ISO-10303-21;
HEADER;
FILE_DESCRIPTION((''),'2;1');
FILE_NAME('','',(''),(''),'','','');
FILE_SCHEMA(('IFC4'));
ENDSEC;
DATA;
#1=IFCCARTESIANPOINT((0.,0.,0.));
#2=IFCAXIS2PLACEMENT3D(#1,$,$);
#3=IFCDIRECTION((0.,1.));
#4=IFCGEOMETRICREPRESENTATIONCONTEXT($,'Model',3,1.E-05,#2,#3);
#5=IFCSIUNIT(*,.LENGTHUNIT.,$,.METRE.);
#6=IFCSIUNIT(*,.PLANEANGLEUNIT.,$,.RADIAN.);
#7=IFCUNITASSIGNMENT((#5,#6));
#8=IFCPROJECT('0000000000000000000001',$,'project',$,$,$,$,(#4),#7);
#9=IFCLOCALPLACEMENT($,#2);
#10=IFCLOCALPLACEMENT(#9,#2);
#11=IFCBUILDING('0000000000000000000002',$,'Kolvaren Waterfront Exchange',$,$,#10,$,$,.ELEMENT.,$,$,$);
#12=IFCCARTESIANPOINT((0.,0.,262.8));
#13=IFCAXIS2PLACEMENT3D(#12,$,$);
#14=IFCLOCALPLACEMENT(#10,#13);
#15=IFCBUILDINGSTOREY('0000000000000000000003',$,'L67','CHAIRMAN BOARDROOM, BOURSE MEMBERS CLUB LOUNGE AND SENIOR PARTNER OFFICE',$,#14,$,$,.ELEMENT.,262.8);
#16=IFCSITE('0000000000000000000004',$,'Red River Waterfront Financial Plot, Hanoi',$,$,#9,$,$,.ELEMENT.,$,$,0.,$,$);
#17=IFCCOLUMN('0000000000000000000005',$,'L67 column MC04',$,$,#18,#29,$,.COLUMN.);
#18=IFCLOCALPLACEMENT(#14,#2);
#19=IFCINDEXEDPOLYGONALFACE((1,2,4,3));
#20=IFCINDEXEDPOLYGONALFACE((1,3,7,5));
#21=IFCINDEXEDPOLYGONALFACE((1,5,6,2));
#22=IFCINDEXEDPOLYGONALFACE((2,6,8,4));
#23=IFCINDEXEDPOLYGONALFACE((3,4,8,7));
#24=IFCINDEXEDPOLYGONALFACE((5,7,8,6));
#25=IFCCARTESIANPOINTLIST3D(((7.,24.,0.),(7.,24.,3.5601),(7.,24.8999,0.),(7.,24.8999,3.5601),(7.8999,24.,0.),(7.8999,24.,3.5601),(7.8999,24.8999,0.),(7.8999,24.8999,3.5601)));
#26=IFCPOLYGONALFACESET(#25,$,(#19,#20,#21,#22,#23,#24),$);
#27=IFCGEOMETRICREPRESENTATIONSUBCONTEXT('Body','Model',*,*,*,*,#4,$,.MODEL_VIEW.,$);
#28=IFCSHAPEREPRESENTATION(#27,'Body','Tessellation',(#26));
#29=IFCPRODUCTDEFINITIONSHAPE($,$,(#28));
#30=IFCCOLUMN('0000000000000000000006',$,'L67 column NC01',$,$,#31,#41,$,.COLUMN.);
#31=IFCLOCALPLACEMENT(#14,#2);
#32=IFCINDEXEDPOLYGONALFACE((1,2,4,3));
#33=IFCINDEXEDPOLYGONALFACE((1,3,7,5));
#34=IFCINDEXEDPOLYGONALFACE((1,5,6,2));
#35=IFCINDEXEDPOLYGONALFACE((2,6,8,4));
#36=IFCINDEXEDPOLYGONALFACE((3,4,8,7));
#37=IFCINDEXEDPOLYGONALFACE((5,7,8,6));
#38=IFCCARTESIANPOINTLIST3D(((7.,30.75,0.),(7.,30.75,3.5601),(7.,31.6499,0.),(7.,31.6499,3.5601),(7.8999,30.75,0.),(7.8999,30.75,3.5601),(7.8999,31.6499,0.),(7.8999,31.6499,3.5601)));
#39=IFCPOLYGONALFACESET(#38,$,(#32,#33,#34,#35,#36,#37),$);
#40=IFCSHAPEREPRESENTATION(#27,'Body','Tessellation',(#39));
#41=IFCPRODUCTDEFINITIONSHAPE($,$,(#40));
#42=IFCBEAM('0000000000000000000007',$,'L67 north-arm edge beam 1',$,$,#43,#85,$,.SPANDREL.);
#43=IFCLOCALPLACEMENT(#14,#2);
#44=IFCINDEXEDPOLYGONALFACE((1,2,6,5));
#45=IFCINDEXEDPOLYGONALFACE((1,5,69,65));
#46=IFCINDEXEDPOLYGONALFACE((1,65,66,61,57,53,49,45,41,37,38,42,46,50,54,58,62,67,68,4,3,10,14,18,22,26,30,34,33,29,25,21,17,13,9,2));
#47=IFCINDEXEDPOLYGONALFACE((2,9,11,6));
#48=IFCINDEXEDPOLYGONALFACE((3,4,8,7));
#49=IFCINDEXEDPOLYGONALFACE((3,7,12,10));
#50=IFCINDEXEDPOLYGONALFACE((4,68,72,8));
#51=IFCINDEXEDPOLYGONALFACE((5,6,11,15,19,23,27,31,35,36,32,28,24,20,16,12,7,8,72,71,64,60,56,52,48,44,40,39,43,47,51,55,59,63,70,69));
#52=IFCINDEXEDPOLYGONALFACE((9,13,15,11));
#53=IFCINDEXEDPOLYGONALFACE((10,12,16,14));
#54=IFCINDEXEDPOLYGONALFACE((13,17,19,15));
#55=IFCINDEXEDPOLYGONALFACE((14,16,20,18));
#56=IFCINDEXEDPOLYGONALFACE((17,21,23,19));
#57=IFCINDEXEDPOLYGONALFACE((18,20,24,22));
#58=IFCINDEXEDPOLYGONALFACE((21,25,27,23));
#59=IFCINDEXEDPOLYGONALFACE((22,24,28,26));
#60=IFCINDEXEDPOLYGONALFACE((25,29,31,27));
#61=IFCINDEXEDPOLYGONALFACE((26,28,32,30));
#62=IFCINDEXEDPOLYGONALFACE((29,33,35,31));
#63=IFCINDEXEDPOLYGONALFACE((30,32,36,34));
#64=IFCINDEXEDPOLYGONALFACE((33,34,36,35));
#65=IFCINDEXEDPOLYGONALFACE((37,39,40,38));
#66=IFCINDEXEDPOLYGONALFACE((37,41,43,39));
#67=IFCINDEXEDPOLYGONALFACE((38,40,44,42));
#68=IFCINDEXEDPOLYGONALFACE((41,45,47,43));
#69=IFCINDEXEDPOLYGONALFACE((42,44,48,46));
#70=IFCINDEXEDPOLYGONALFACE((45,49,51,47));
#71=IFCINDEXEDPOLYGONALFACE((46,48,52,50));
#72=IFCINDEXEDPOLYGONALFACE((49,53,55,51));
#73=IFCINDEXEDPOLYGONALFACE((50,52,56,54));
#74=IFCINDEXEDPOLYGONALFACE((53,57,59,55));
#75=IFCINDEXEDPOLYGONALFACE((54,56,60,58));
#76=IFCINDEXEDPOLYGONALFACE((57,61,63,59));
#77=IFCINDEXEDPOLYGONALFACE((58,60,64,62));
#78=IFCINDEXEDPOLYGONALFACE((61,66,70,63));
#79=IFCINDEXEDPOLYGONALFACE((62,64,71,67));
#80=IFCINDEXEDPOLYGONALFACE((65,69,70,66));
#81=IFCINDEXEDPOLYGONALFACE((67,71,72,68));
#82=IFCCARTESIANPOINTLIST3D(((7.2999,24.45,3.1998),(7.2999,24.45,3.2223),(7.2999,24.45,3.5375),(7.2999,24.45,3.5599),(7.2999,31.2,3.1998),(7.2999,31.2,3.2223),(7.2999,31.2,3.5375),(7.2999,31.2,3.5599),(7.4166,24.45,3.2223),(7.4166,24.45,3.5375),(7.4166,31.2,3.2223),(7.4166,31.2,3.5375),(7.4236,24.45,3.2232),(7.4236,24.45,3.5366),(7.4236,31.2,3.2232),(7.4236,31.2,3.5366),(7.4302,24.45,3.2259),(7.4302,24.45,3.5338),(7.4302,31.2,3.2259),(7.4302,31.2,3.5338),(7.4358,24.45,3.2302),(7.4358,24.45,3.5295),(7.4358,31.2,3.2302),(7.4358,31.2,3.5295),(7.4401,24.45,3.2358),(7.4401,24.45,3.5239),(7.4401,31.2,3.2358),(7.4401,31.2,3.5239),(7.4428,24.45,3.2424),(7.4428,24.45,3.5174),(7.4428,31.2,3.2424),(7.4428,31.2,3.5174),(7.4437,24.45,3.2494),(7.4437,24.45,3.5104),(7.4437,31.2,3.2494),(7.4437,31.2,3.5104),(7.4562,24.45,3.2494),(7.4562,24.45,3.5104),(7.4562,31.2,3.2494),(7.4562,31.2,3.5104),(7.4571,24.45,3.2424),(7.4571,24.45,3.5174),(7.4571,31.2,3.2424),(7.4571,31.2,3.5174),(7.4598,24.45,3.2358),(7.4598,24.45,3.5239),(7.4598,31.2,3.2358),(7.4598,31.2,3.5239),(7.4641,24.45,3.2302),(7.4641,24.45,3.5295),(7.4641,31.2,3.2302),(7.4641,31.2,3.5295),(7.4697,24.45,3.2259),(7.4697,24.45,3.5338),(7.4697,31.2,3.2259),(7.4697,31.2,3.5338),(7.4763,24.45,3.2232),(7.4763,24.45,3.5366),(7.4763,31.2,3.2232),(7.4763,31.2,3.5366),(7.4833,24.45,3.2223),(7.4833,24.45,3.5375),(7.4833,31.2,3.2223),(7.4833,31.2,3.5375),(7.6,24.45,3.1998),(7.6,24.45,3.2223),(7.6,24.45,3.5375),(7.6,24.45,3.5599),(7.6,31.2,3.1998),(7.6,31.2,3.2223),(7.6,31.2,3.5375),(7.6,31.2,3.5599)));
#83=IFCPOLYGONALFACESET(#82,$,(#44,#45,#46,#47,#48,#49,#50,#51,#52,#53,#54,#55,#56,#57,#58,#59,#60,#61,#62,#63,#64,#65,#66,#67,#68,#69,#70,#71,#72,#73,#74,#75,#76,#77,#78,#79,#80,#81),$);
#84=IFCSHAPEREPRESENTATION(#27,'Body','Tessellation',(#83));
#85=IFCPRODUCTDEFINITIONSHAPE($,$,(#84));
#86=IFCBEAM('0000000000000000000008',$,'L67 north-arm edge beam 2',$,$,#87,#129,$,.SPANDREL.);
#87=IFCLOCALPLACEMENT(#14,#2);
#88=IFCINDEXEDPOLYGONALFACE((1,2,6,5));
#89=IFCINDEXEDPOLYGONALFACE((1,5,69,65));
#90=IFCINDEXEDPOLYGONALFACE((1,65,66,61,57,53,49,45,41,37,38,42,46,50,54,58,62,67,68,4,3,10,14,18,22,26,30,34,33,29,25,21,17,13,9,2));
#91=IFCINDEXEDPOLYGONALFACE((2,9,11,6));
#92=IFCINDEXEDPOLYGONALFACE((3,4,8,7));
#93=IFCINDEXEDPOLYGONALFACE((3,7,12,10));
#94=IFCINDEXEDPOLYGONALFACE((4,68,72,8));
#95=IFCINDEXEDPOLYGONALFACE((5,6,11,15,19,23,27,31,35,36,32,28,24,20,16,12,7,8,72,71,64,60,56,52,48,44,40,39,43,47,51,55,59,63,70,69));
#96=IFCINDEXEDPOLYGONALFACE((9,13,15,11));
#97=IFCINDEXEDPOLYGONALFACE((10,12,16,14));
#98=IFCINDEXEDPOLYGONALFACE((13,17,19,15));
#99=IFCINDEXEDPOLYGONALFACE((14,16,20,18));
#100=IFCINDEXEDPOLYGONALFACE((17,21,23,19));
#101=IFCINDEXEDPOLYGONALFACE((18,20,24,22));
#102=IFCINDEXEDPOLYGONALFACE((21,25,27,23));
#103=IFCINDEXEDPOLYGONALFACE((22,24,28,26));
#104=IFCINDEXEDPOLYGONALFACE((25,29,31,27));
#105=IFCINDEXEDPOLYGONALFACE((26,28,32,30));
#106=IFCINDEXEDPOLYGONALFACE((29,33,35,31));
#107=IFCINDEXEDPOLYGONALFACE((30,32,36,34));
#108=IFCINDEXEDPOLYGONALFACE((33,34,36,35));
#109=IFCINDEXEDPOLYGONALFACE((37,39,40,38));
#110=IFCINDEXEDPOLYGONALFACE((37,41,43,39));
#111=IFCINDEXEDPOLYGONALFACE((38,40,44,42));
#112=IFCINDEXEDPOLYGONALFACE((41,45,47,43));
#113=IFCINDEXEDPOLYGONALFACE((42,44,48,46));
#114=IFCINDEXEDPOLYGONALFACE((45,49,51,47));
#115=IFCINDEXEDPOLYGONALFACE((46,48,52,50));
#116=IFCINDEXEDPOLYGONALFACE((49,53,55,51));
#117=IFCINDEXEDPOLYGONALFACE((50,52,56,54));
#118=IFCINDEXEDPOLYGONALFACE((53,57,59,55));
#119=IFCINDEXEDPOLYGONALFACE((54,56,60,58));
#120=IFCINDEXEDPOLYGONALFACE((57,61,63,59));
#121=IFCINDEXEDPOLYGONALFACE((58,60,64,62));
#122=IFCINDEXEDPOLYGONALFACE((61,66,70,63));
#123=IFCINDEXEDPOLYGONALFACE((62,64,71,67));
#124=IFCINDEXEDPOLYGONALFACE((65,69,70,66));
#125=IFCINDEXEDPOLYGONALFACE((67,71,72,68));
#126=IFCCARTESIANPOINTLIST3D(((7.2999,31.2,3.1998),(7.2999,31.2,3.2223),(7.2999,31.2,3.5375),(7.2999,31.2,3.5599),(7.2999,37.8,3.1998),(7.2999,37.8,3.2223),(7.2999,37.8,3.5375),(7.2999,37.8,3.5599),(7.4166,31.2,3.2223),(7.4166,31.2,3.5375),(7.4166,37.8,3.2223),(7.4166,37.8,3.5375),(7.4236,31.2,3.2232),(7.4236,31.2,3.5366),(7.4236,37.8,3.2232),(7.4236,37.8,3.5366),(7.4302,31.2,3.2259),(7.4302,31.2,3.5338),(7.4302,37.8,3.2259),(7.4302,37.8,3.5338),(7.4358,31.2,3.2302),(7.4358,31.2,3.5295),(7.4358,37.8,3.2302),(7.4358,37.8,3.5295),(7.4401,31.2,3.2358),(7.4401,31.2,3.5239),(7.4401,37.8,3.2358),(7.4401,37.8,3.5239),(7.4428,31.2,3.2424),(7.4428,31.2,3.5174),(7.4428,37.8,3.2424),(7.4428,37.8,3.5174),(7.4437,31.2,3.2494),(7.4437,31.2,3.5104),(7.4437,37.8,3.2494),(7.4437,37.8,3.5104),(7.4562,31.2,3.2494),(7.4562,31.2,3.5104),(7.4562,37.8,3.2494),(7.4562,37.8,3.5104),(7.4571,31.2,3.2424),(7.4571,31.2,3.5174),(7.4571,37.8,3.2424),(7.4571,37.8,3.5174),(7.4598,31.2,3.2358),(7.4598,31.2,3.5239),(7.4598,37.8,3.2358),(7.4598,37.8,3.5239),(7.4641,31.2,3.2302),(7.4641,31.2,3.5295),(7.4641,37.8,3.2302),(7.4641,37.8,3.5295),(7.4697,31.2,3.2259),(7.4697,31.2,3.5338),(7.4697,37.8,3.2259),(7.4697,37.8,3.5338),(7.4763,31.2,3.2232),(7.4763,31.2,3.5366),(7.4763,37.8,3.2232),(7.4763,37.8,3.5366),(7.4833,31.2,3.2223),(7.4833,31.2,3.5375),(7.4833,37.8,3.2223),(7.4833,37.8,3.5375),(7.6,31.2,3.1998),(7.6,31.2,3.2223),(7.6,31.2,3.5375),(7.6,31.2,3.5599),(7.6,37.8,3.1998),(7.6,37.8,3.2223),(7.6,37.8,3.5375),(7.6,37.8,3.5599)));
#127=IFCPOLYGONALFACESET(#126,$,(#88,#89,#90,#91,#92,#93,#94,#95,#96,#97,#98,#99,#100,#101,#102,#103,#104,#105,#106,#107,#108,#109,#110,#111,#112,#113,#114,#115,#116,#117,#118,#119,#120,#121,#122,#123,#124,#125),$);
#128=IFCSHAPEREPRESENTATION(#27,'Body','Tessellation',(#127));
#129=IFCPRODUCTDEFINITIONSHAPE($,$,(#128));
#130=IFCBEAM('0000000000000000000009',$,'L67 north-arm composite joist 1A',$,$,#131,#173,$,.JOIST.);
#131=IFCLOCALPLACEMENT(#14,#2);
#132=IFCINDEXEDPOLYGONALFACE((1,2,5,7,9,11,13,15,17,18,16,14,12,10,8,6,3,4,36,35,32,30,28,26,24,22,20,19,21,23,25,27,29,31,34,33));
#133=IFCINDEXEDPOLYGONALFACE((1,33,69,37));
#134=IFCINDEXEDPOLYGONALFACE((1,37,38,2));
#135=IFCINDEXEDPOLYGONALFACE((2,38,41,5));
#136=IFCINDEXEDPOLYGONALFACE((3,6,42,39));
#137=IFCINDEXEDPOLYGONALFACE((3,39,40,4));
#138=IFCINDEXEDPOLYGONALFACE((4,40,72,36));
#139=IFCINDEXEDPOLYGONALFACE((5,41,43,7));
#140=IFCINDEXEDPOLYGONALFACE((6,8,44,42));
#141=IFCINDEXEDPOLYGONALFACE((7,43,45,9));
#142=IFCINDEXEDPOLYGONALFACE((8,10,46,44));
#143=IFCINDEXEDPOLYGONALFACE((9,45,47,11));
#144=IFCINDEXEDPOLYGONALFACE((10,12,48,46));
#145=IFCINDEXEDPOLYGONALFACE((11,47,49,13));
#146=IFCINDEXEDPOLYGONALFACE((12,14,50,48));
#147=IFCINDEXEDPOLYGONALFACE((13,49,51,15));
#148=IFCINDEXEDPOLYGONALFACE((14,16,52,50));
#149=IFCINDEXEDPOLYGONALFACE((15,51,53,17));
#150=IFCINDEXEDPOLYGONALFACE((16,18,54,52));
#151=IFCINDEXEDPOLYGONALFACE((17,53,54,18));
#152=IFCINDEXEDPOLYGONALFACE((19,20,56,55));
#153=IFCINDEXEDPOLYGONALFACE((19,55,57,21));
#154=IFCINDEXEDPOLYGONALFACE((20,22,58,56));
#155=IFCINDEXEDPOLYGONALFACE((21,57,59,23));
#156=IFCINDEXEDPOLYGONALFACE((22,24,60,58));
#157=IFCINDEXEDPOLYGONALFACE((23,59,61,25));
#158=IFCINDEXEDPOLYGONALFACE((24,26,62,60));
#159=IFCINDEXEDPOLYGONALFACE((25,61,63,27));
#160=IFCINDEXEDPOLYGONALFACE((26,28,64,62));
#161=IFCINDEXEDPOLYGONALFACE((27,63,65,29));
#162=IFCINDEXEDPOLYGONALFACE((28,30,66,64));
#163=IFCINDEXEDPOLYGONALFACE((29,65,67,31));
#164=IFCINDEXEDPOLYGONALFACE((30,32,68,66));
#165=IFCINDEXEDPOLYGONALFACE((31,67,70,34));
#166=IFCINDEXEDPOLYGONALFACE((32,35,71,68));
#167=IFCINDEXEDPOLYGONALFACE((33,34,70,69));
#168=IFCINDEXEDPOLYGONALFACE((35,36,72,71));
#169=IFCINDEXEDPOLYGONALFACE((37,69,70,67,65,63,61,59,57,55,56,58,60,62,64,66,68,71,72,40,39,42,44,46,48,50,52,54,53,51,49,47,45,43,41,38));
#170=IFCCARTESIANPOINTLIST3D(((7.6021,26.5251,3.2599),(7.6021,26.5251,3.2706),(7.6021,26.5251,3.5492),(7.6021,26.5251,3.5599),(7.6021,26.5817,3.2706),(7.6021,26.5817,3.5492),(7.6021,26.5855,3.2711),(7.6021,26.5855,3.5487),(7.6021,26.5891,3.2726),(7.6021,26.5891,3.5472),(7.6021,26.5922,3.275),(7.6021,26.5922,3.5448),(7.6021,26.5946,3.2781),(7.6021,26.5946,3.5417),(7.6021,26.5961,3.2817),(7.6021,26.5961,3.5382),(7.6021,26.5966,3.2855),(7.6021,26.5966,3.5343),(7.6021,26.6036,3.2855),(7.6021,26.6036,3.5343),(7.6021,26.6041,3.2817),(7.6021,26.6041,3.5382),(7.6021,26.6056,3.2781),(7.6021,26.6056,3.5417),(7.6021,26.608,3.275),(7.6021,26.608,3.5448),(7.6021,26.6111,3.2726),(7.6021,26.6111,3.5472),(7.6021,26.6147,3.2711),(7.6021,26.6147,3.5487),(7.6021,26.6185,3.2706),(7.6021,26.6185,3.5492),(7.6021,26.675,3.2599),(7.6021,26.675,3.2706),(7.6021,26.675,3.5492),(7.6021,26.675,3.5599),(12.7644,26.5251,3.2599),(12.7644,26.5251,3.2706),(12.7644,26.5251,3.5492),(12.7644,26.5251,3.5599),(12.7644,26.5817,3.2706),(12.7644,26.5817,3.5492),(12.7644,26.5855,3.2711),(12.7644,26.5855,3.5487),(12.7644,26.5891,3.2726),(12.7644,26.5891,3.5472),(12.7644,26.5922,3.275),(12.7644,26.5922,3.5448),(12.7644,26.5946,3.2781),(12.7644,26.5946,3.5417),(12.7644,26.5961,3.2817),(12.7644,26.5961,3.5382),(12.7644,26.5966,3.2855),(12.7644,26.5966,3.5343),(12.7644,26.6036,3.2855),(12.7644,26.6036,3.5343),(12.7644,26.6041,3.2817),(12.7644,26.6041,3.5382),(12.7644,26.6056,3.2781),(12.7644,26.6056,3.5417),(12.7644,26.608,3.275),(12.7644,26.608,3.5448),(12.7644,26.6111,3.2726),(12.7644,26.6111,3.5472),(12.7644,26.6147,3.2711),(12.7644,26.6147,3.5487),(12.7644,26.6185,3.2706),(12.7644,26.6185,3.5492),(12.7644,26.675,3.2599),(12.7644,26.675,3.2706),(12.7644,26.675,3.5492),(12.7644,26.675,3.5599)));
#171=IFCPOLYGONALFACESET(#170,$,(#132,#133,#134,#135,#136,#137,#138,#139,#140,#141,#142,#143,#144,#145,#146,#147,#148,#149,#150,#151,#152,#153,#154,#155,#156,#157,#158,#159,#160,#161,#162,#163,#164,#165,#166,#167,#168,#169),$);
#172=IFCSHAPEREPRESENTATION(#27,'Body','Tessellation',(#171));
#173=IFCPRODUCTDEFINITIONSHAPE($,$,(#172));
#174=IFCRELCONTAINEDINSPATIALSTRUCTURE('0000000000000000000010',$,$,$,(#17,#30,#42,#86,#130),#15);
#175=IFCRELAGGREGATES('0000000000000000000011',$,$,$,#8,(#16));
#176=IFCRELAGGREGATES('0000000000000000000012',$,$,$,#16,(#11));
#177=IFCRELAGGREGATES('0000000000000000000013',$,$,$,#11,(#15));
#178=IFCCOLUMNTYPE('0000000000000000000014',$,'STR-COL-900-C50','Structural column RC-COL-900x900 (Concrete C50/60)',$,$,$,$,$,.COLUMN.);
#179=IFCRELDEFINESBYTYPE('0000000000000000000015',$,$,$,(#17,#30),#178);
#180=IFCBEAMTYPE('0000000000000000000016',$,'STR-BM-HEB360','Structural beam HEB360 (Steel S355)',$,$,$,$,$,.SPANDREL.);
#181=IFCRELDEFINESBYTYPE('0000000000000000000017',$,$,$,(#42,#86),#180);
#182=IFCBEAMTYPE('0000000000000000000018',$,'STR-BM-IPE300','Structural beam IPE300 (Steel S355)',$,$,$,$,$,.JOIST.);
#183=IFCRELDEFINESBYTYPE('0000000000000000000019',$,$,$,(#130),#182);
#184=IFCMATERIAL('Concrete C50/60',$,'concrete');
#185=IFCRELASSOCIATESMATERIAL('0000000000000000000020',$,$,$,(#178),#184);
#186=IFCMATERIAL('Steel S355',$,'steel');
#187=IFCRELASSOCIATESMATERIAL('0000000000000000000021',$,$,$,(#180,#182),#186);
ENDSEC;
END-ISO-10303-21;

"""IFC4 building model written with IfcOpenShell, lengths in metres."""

from ifc_helpers import new_model, si_unit, direction, frame, origin, origin_2d, place, context, subcontext, project, spatial, rectangle, i_section, extrude, material, material_profile, profile_set, type_object, element, save


model = new_model("IFC4")

# Units and contexts
model_context = context("Model", 3, precision=1e-05, world=origin(), true_north=direction((0.0, 1.0)))
body_context = subcontext(model_context, "Body", "Model", "MODEL_VIEW")
ifc_project = project(units=[si_unit("LENGTHUNIT", "METRE"), si_unit("PLANEANGLEUNIT", "RADIAN")], contexts=[model_context])

# Site, building, storey
site_placement = place(None, origin())
site = spatial("IfcSite", under=ifc_project, at=site_placement, Name="Red River Waterfront Financial Plot, Hanoi", CompositionType="ELEMENT", RefElevation=0.0)
building_placement = place(site_placement, origin())
building = spatial("IfcBuilding", under=site, at=building_placement, Name="Kolvaren Waterfront Exchange", CompositionType="ELEMENT")
storey_placement = place(building_placement, frame((0.0, 0.0, 262.8)))
storey = spatial("IfcBuildingStorey", under=building, at=storey_placement, Name="L67", Description="CHAIRMAN BOARDROOM, BOURSE MEMBERS CLUB LOUNGE AND SENIOR PARTNER OFFICE", CompositionType="ELEMENT", Elevation=262.8)

# Columns
ifc_material_1 = material(Name="Concrete C50/60", Category="concrete")
ifc_material_profile_1 = material_profile(ifc_material_1, rectangle(XDim=0.8999, YDim=0.8999, at=origin_2d()), Name="RC-COL-900x900")
ifc_profile_set_1 = profile_set([ifc_material_profile_1], Name="Concrete C50/60")
column_type = type_object("IfcColumnType", Name="STR-COL-900-C50", Description="Structural column RC-COL-900x900 (Concrete C50/60)", PredefinedType="COLUMN", material=ifc_profile_set_1)
for number, where, z_axis, x_axis, name in (
    (1, (7.45, 24.45, 0.0), (0.0, 0.0, 1.0), (1.0, 0.0, 0.0), "L67 column MC04"),
    (2, (7.45, 31.2, 0.0), (0.0, 0.0, 1.0), (1.0, 0.0, 0.0), "L67 column NC01"),
):
    element("IfcColumn", number, at=place(storey_placement, frame(where, z_axis=z_axis, x_axis=x_axis)), inside=storey, type_object=column_type, Name=name, PredefinedType="COLUMN", context=body_context, shape_type="SweptSolid", body=[
        extrude(rectangle(XDim=0.8999, YDim=0.8999, at=origin_2d()), origin(), (0.0, 0.0, 1.0), 3.5601),
    ])

# Beams
ifc_material_2 = material(Name="Steel S355", Category="steel")
ifc_material_profile_2 = material_profile(ifc_material_2, i_section(OverallWidth=0.3, OverallDepth=0.3601, WebThickness=0.0125, FlangeThickness=0.0225, FilletRadius=0.0271, at=origin_2d()), Name="HEB360")
ifc_profile_set_2 = profile_set([ifc_material_profile_2], Name="Steel S355")
beam_type_1 = type_object("IfcBeamType", Name="STR-BM-HEB360", Description="Structural beam HEB360 (Steel S355)", PredefinedType="SPANDREL", material=ifc_profile_set_2)
beam_1_placement = place(storey_placement, frame((7.45, 24.45, 3.3799), z_axis=(0.0, 1.0, 0.0), x_axis=(-1.0, 0.0, 0.0)))
element("IfcBeam", 3, at=beam_1_placement, inside=storey, type_object=beam_type_1, Name="L67 north-arm edge beam 1", PredefinedType="SPANDREL", context=body_context, shape_type="SweptSolid", body=[
    extrude(i_section(OverallWidth=0.3, OverallDepth=0.3601, WebThickness=0.0125, FlangeThickness=0.0225, FilletRadius=0.0271, at=origin_2d()), origin(), (0.0, 0.0, 1.0), 6.75),
])
beam_2_placement = place(storey_placement, frame((7.45, 31.2, 3.3799), z_axis=(0.0, 1.0, 0.0), x_axis=(-1.0, 0.0, 0.0)))
element("IfcBeam", 4, at=beam_2_placement, inside=storey, type_object=beam_type_1, Name="L67 north-arm edge beam 2", PredefinedType="SPANDREL", context=body_context, shape_type="SweptSolid", body=[
    extrude(i_section(OverallWidth=0.3, OverallDepth=0.3601, WebThickness=0.0125, FlangeThickness=0.0225, FilletRadius=0.0271, at=origin_2d()), origin(), (0.0, 0.0, 1.0), 6.6001),
])
ifc_material_profile_3 = material_profile(ifc_material_2, i_section(OverallWidth=0.1499, OverallDepth=0.3, WebThickness=0.0071, FlangeThickness=0.0107, FilletRadius=0.0149, at=origin_2d()), Name="IPE300")
ifc_profile_set_3 = profile_set([ifc_material_profile_3], Name="Steel S355")
beam_type_2 = type_object("IfcBeamType", Name="STR-BM-IPE300", Description="Structural beam IPE300 (Steel S355)", PredefinedType="JOIST", material=ifc_profile_set_3)
for number, where, z_axis, x_axis, name in (
    (5, (7.6021, 26.6001, 3.4099), (1.0, 0.0, 0.0), (0.0, 1.0, 0.0), "L67 north-arm composite joist 1A"),
):
    element("IfcBeam", number, at=place(storey_placement, frame(where, z_axis=z_axis, x_axis=x_axis)), inside=storey, type_object=beam_type_2, Name=name, PredefinedType="JOIST", context=body_context, shape_type="SweptSolid", body=[
        extrude(i_section(OverallWidth=0.1499, OverallDepth=0.3, WebThickness=0.0071, FlangeThickness=0.0107, FilletRadius=0.0149, at=origin_2d()), origin(), (0.0, 0.0, 1.0), 5.1624),
    ])

save(model, "model.ifc")
